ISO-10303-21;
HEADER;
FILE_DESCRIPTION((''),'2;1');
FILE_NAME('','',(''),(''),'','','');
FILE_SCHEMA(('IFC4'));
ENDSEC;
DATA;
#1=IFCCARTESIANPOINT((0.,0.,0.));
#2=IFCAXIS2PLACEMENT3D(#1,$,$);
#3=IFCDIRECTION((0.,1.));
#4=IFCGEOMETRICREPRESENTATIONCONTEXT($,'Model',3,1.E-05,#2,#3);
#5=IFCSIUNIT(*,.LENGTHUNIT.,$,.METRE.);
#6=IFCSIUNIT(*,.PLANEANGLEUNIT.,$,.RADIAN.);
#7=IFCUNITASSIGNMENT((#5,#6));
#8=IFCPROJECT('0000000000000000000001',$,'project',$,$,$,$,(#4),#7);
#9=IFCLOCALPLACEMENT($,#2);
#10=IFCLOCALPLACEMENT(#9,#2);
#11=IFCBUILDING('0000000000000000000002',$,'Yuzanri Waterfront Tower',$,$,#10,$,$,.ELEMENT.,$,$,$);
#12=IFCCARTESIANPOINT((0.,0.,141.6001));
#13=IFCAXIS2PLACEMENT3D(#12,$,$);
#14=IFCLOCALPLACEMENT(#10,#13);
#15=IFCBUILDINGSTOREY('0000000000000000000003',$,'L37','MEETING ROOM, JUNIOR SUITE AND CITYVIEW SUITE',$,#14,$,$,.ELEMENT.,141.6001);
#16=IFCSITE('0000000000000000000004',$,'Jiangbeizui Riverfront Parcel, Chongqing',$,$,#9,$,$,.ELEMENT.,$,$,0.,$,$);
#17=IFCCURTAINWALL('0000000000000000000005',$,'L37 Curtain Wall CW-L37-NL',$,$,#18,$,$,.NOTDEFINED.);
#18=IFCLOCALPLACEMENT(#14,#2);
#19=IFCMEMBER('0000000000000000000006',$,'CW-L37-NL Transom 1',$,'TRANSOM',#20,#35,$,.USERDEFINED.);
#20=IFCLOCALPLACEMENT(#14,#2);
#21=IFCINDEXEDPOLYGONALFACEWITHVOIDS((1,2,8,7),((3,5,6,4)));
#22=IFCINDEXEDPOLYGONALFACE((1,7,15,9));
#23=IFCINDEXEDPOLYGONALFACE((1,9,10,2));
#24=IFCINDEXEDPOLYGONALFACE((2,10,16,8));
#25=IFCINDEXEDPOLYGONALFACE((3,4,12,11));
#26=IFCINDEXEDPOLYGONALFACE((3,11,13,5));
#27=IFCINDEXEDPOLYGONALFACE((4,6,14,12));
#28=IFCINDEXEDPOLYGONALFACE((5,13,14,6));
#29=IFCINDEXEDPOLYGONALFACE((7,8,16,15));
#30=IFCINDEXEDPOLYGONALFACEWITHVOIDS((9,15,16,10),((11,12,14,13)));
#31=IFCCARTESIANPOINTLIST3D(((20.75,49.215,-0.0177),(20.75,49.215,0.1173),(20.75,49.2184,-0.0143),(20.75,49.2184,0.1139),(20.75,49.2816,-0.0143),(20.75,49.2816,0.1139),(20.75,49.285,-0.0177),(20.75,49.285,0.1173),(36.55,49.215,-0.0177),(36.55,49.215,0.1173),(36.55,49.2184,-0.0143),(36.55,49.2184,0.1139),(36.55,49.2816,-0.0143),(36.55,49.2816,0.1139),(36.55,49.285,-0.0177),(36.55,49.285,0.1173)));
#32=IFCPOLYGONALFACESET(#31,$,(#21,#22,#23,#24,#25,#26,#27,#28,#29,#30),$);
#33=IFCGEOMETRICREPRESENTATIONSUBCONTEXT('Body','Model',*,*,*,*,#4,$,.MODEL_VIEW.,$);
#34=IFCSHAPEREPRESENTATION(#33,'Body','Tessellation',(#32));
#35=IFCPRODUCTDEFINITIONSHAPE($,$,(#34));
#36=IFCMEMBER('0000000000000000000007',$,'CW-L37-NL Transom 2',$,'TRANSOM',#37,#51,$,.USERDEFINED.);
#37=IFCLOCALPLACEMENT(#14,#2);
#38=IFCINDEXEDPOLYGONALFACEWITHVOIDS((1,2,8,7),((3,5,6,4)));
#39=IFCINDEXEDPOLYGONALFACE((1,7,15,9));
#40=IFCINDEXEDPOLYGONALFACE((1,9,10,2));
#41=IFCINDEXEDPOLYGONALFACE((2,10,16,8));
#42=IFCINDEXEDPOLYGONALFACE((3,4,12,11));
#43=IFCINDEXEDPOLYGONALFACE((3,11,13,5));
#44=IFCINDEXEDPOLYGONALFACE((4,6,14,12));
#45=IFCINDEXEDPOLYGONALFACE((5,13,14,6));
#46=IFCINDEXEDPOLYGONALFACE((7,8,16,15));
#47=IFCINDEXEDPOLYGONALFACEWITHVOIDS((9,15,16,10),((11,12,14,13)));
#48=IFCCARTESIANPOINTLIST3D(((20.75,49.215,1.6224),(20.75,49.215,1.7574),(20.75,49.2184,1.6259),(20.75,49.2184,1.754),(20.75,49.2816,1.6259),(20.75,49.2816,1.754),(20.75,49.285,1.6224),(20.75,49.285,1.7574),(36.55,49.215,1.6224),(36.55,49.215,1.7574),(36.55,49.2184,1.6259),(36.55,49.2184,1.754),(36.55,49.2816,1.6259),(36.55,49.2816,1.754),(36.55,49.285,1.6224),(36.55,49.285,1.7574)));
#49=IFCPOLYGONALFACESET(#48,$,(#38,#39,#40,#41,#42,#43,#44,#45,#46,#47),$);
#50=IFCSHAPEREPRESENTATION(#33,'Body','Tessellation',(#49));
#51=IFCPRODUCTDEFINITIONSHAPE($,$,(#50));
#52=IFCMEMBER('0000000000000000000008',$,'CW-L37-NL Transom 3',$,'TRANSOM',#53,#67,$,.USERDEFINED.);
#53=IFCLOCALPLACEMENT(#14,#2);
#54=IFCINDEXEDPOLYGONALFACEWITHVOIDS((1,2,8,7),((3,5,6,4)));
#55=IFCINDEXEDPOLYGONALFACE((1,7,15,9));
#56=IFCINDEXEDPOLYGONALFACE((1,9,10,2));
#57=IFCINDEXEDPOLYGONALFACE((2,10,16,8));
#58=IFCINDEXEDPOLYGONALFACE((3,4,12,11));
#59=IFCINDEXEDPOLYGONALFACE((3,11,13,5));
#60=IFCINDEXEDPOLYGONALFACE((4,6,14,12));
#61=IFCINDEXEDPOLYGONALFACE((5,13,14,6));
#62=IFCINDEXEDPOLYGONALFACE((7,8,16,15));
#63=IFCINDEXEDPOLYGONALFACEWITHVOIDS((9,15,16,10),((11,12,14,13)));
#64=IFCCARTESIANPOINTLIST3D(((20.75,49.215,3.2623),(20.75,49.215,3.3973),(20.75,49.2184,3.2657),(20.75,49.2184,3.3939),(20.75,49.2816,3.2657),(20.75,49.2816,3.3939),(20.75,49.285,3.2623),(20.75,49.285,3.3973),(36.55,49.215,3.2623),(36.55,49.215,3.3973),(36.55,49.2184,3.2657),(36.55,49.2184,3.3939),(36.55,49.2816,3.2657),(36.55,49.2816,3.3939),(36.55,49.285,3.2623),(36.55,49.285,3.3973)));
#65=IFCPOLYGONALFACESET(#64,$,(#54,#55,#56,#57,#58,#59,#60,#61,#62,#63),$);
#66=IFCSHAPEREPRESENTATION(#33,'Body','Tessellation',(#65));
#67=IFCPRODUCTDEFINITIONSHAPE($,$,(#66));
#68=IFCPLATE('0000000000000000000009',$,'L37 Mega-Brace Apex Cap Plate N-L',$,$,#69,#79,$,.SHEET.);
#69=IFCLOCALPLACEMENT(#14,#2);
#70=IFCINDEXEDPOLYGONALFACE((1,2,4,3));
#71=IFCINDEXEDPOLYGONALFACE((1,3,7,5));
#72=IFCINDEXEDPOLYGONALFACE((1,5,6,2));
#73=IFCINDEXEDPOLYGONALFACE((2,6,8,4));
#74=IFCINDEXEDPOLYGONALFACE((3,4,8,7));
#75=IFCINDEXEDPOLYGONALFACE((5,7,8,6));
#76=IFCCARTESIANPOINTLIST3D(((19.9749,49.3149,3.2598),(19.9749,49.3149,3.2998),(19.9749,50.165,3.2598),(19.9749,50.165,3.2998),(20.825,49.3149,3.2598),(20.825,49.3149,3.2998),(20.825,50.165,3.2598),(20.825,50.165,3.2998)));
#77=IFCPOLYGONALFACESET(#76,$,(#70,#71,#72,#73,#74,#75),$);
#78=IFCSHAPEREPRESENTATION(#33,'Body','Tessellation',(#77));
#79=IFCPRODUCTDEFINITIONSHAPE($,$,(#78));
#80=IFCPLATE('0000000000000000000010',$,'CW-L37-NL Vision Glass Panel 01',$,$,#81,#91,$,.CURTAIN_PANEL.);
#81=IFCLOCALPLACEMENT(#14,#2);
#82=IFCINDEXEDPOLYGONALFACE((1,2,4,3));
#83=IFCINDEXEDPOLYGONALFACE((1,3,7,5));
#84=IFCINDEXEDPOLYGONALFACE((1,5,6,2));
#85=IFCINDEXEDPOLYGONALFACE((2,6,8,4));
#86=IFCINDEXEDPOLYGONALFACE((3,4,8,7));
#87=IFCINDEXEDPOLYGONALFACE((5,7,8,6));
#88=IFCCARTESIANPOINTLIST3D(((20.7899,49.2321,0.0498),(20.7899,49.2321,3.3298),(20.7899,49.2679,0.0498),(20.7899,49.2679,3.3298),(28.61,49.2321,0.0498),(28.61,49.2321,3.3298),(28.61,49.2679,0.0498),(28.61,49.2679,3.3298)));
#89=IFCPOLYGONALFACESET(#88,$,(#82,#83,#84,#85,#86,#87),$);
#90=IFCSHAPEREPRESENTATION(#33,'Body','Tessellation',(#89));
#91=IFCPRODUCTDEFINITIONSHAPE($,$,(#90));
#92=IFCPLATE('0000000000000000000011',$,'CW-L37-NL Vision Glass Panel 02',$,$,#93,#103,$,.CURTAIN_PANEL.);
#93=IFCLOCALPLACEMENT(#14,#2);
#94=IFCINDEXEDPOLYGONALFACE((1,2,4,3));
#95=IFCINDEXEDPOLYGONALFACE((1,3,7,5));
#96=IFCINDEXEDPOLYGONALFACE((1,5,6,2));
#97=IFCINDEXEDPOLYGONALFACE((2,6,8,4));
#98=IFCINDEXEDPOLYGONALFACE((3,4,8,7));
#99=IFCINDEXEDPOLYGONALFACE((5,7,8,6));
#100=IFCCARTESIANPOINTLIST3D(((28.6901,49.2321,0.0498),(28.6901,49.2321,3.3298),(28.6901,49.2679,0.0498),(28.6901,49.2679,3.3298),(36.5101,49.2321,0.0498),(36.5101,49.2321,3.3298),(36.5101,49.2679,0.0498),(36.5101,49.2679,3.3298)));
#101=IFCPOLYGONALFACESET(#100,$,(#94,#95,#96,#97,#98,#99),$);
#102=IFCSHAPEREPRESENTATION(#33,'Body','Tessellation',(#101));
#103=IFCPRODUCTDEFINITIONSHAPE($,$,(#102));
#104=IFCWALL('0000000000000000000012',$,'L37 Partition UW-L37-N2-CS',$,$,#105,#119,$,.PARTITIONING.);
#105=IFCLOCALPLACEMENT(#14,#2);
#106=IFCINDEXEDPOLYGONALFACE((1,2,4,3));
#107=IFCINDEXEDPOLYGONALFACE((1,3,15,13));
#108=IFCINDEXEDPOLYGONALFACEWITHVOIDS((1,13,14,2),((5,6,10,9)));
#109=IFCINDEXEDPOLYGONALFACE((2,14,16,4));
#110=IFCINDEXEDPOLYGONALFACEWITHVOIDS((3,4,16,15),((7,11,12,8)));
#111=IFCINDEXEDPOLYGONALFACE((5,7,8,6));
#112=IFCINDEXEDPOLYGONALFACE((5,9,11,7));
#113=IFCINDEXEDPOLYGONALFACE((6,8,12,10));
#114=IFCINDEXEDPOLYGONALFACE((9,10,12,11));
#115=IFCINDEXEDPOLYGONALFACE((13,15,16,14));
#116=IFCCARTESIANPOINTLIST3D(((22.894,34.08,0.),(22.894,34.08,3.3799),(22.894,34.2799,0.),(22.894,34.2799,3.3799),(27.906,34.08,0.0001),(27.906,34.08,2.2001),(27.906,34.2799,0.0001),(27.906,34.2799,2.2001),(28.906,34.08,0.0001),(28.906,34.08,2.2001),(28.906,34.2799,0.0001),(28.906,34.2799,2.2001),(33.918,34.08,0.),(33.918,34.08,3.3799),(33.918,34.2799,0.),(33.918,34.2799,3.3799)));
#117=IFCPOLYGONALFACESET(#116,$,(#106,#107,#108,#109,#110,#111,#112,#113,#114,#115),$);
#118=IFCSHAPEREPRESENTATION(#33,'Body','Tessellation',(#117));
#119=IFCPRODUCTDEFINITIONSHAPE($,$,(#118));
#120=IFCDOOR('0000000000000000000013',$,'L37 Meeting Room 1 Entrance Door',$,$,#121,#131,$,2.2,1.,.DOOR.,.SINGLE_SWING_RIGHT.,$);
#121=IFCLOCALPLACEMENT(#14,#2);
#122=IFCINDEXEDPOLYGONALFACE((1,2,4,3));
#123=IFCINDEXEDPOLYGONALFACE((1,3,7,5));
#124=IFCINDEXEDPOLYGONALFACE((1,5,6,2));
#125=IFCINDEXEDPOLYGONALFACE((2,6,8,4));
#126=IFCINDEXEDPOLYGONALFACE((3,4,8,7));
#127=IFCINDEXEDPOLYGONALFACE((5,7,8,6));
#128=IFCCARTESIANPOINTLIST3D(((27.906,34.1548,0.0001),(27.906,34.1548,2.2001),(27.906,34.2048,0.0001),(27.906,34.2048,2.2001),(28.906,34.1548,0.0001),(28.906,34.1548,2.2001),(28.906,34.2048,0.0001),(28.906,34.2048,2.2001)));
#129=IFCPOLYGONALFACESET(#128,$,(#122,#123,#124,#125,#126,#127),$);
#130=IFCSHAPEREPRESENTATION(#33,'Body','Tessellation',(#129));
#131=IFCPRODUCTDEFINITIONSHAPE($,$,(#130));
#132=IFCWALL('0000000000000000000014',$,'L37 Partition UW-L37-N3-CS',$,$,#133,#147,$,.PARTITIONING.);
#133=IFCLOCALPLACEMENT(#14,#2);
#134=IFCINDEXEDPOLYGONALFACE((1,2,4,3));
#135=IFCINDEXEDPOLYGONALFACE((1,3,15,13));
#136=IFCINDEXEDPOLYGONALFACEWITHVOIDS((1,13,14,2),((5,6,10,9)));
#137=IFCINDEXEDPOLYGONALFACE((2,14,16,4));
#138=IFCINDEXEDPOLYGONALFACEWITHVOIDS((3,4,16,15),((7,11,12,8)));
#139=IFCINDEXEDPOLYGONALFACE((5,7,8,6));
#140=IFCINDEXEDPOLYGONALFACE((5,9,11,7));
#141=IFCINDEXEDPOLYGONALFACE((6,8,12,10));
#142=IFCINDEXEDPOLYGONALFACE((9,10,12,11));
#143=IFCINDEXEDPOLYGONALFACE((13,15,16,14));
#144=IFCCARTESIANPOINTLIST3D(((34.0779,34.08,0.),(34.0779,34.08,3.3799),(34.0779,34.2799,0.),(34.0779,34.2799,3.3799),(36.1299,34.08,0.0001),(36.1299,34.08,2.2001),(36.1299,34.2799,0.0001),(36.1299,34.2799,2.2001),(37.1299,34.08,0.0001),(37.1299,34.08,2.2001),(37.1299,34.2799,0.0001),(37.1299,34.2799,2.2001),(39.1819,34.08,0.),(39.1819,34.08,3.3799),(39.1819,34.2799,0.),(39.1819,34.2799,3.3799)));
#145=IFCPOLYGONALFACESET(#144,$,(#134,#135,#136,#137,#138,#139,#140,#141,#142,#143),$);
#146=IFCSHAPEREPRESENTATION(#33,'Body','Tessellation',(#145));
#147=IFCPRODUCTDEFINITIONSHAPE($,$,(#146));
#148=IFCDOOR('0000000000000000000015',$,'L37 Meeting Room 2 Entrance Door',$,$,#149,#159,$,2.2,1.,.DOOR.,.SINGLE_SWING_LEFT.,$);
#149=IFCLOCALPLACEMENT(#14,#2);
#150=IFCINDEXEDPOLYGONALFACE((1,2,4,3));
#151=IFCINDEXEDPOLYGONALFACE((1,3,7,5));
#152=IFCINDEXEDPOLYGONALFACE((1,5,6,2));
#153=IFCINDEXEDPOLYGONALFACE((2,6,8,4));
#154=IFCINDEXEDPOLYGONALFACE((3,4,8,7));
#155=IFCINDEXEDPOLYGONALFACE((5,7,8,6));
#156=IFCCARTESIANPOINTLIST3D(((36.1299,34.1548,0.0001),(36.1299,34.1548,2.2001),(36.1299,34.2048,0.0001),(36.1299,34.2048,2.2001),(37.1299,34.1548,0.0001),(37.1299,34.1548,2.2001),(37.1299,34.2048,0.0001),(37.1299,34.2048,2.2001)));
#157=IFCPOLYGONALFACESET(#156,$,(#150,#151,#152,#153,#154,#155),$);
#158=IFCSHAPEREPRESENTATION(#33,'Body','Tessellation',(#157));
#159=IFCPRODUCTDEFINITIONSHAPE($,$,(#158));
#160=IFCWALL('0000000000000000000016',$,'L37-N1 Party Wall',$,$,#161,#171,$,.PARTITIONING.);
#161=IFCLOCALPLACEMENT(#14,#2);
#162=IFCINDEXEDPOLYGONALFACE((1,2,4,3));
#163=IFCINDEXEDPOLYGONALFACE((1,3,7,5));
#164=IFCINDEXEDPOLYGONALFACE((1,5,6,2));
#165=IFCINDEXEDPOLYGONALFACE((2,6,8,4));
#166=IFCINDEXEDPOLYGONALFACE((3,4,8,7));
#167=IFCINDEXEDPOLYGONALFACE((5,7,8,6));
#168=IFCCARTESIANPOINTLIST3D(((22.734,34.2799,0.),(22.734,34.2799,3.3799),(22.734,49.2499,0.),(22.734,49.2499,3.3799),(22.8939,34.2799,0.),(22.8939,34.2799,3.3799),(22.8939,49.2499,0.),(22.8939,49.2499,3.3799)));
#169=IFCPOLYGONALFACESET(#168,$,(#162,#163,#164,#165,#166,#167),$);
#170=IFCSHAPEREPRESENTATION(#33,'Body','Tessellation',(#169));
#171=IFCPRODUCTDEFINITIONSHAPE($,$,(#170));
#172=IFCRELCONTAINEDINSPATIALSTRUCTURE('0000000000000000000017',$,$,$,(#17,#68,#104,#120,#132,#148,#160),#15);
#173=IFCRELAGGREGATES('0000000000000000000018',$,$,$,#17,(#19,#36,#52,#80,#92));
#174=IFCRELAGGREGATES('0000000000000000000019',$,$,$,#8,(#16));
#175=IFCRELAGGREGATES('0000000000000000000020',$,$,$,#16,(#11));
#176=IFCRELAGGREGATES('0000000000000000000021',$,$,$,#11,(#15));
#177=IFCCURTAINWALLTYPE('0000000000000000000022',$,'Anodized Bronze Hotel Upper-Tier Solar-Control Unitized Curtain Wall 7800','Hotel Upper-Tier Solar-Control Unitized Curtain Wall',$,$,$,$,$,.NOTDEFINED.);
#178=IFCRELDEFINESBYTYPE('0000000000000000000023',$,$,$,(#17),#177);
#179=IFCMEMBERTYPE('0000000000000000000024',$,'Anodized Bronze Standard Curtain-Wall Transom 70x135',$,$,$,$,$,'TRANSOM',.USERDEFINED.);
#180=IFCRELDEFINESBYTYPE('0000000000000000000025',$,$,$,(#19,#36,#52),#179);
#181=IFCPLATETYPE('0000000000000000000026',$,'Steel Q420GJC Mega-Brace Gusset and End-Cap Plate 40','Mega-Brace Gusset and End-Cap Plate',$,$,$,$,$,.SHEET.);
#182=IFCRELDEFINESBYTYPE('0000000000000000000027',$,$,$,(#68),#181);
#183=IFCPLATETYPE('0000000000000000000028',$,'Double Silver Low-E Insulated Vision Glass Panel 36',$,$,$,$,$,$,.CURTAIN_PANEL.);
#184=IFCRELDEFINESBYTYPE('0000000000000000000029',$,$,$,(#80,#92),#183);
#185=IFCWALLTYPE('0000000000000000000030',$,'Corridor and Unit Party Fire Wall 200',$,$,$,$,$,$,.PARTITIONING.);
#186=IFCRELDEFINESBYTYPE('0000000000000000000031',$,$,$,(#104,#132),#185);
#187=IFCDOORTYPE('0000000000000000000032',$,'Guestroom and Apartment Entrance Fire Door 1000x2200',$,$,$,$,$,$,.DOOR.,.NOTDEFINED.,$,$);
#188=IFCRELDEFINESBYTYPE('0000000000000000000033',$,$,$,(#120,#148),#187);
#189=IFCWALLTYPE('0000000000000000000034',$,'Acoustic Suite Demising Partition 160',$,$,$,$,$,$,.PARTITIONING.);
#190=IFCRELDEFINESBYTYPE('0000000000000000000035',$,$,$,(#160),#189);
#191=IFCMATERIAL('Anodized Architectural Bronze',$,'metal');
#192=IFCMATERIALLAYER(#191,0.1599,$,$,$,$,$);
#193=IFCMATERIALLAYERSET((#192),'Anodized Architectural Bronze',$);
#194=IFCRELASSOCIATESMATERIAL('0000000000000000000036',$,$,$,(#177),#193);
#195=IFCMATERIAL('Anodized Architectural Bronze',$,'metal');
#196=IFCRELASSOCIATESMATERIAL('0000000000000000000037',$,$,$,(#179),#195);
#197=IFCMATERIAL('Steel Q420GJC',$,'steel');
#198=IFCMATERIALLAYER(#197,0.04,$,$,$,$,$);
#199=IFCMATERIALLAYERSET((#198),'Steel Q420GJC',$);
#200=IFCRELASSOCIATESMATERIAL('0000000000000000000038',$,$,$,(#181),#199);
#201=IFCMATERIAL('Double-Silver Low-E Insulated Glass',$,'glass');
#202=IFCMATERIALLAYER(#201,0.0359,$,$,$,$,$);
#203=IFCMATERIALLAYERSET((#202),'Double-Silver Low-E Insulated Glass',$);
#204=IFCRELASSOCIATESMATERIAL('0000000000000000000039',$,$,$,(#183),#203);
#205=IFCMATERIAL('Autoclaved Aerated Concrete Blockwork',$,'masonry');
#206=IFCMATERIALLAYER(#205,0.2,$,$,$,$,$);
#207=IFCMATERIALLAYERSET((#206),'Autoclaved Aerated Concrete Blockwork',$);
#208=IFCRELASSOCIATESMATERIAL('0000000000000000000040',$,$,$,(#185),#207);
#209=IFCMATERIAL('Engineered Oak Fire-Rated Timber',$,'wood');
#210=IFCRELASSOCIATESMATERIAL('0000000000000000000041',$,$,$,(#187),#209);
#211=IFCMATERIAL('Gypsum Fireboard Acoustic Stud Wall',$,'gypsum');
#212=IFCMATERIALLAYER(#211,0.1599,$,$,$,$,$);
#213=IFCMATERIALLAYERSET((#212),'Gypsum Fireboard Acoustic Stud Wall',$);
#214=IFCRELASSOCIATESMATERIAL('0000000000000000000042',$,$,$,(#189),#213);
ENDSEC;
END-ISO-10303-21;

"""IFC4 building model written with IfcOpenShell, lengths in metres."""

from ifc_helpers import new_model, si_unit, direction, frame, frame_2d, origin, origin_2d, place, context, subcontext, project, spatial, rectangle, hollow_rectangle, extrude, source, transform, mapped, material, layer, layer_set, material_profile, profile_set, type_object, element, fill, aggregate, save


model = new_model("IFC4")

# Units and contexts
model_context = context("Model", 3, precision=1e-05, world=origin(), true_north=direction((0.0, 1.0)))
body_context = subcontext(model_context, "Body", "Model", "MODEL_VIEW")
ifc_project = project(units=[si_unit("LENGTHUNIT", "METRE"), si_unit("PLANEANGLEUNIT", "RADIAN")], contexts=[model_context])

# Site, building, storey
site_placement = place(None, origin())
site = spatial("IfcSite", under=ifc_project, at=site_placement, Name="Jiangbeizui Riverfront Parcel, Chongqing", CompositionType="ELEMENT", RefElevation=0.0)
building_placement = place(site_placement, origin())
building = spatial("IfcBuilding", under=site, at=building_placement, Name="Yuzanri Waterfront Tower", CompositionType="ELEMENT")
storey_placement = place(building_placement, frame((0.0, 0.0, 141.6001)))
storey = spatial("IfcBuildingStorey", under=building, at=storey_placement, Name="L37", Description="MEETING ROOM, JUNIOR SUITE AND CITYVIEW SUITE", CompositionType="ELEMENT", Elevation=141.6001)

# Curtain wall, members
ifc_material_1 = material(Name="Anodized Architectural Bronze", Category="metal")
ifc_layer_1 = layer(ifc_material_1, 0.1599)
ifc_layer_set_1 = layer_set([ifc_layer_1], Name="Anodized Architectural Bronze")
curtain_wall_type = type_object("IfcCurtainWallType", Name="Anodized Bronze Hotel Upper-Tier Solar-Control Unitized Curtain Wall 7800", Description="Hotel Upper-Tier Solar-Control Unitized Curtain Wall", PredefinedType="NOTDEFINED", material=ifc_layer_set_1)
curtain_wall_placement = place(storey_placement, origin())
curtain_wall = element("IfcCurtainWall", 1, at=curtain_wall_placement, inside=storey, type_object=curtain_wall_type, Name="L37 Curtain Wall CW-L37-NL", PredefinedType="NOTDEFINED")
ifc_material_2 = material(Name="Anodized Architectural Bronze", Category="metal")
ifc_material_profile_1 = material_profile(ifc_material_2, hollow_rectangle(XDim=0.0701, YDim=0.135, WallThickness=0.0034, at=origin_2d()), Name="CWT 70x135")
ifc_profile_set_1 = profile_set([ifc_material_profile_1], Name="Anodized Architectural Bronze")
member_type_1 = type_object("IfcMemberType", Name="Anodized Bronze Standard Curtain-Wall Transom 70x135", ElementType="TRANSOM", PredefinedType="USERDEFINED", material=ifc_profile_set_1)
shared_shape_1 = source(origin(), body_context, "Body", "SweptSolid", [
    extrude(hollow_rectangle(XDim=0.0701, YDim=0.135, WallThickness=0.0034, at=origin_2d()), origin(), (0.0, 0.0, 1.0), 15.8),
])
member_1_placement = place(storey_placement, frame((20.75, 49.25, 0.0498), z_axis=(1.0, 0.0, 0.0), x_axis=(0.0, 1.0, 0.0)))
member_1 = element("IfcMember", 2, at=member_1_placement, type_object=member_type_1, Name="CW-L37-NL Transom 1", ObjectType="TRANSOM", PredefinedType="USERDEFINED", context=body_context, shape_type="MappedRepresentation", body=[
    mapped(shared_shape_1, transform((0.0, 0.0, 0.0), scale=1.0)),
])
member_2_placement = place(storey_placement, frame((20.75, 49.25, 1.6899), z_axis=(1.0, 0.0, 0.0), x_axis=(0.0, 1.0, 0.0)))
member_2 = element("IfcMember", 3, at=member_2_placement, type_object=member_type_1, Name="CW-L37-NL Transom 2", ObjectType="TRANSOM", PredefinedType="USERDEFINED", context=body_context, shape_type="MappedRepresentation", body=[
    mapped(shared_shape_1, transform((0.0, 0.0, 0.0), scale=1.0)),
])
member_3_placement = place(storey_placement, frame((20.75, 49.25, 3.3298), z_axis=(1.0, 0.0, 0.0), x_axis=(0.0, 1.0, 0.0)))
member_3 = element("IfcMember", 4, at=member_3_placement, type_object=member_type_1, Name="CW-L37-NL Transom 3", ObjectType="TRANSOM", PredefinedType="USERDEFINED", context=body_context, shape_type="MappedRepresentation", body=[
    mapped(shared_shape_1, transform((0.0, 0.0, 0.0), scale=1.0)),
])

# Plates
ifc_material_3 = material(Name="Steel Q420GJC", Category="steel")
ifc_layer_2 = layer(ifc_material_3, 0.04)
ifc_layer_set_2 = layer_set([ifc_layer_2], Name="Steel Q420GJC")
plate_type_1 = type_object("IfcPlateType", Name="Steel Q420GJC Mega-Brace Gusset and End-Cap Plate 40", Description="Mega-Brace Gusset and End-Cap Plate", PredefinedType="SHEET", material=ifc_layer_set_2)
shared_shape_2 = source(origin(), body_context, "Body", "SweptSolid", [
    extrude(rectangle(XDim=0.8501, YDim=0.8501, at=origin_2d()), origin(), (0.0, 0.0, 1.0), 0.04),
])
plate_1_placement = place(storey_placement, frame((20.3999, 49.74, 3.2598), z_axis=(0.0, 0.0, 1.0), x_axis=(1.0, 0.0, 0.0)))
element("IfcPlate", 5, at=plate_1_placement, inside=storey, type_object=plate_type_1, Name="L37 Mega-Brace Apex Cap Plate N-L", PredefinedType="SHEET", context=body_context, shape_type="MappedRepresentation", body=[
    mapped(shared_shape_2, transform((0.0, 0.0, 0.0), scale=1.0)),
])
ifc_material_4 = material(Name="Double-Silver Low-E Insulated Glass", Category="glass")
ifc_layer_3 = layer(ifc_material_4, 0.0359)
ifc_layer_set_3 = layer_set([ifc_layer_3], Name="Double-Silver Low-E Insulated Glass")
plate_type_2 = type_object("IfcPlateType", Name="Double Silver Low-E Insulated Vision Glass Panel 36", PredefinedType="CURTAIN_PANEL", material=ifc_layer_set_3)
shared_shape_3 = source(origin(), body_context, "Body", "SweptSolid", [
    extrude(rectangle(XDim=7.8201, YDim=0.0359, at=origin_2d()), origin(), (0.0, 0.0, 1.0), 3.28),
])
plate_2_placement = place(storey_placement, frame((24.7, 49.25, 0.0498), z_axis=(0.0, 0.0, 1.0), x_axis=(1.0, 0.0, 0.0)))
plate_2 = element("IfcPlate", 6, at=plate_2_placement, type_object=plate_type_2, Name="CW-L37-NL Vision Glass Panel 01", PredefinedType="CURTAIN_PANEL", context=body_context, shape_type="MappedRepresentation", body=[
    mapped(shared_shape_3, transform((0.0, 0.0, 0.0), scale=1.0)),
])
plate_3_placement = place(storey_placement, frame((32.6001, 49.25, 0.0498), z_axis=(0.0, 0.0, 1.0), x_axis=(1.0, 0.0, 0.0)))
plate_3 = element("IfcPlate", 7, at=plate_3_placement, type_object=plate_type_2, Name="CW-L37-NL Vision Glass Panel 02", PredefinedType="CURTAIN_PANEL", context=body_context, shape_type="MappedRepresentation", body=[
    mapped(shared_shape_3, transform((0.0, 0.0, 0.0), scale=1.0)),
])
aggregate(curtain_wall, [member_1, member_2, member_3, plate_2, plate_3])

# Walls, openings, doors
ifc_material_5 = material(Name="Autoclaved Aerated Concrete Blockwork", Category="masonry")
ifc_layer_4 = layer(ifc_material_5, 0.2)
ifc_layer_set_4 = layer_set([ifc_layer_4], Name="Autoclaved Aerated Concrete Blockwork")
wall_type_1 = type_object("IfcWallType", Name="Corridor and Unit Party Fire Wall 200", PredefinedType="PARTITIONING", material=ifc_layer_set_4)
wall_1_placement = place(storey_placement, frame((22.894, 34.1799, 0.0), z_axis=(0.0, 0.0, 1.0), x_axis=(1.0, 0.0, 0.0)))
wall_1 = element("IfcWall", 8, at=wall_1_placement, inside=storey, type_object=wall_type_1, Name="L37 Partition UW-L37-N2-CS", PredefinedType="PARTITIONING", context=body_context, shape_type="SweptSolid", body=[
    extrude(rectangle(XDim=11.0239, YDim=0.2, at=frame_2d((5.512, 0.0))), origin(), (0.0, 0.0, 1.0), 3.3799),
])
opening_1_placement = place(wall_1_placement, frame((5.012, 0.0, 0.0)))
opening_1 = element("IfcOpeningElement", 9, at=opening_1_placement, cuts=wall_1, PredefinedType="OPENING", context=body_context, shape_type="SweptSolid", body=[
    extrude(rectangle(XDim=1.0, YDim=2.2, at=frame_2d((0.5, 1.1001))), frame((0.0, 0.1147, 0.0), z_axis=(0.0, -1.0, 0.0), x_axis=(1.0, 0.0, 0.0)), (0.0, 0.0, 1.0), 0.2297),
])
ifc_material_6 = material(Name="Engineered Oak Fire-Rated Timber", Category="wood")
door_type = type_object("IfcDoorType", Name="Guestroom and Apartment Entrance Fire Door 1000x2200", OperationType="NOTDEFINED", PredefinedType="DOOR", material=ifc_material_6)
shared_shape_4 = source(origin(), body_context, "Body", "SweptSolid", [
    extrude(rectangle(XDim=1.0, YDim=2.2, at=frame_2d((0.5, 1.1001))), frame((0.0, 0.0249, 0.0), z_axis=(0.0, -1.0, 0.0), x_axis=(1.0, 0.0, 0.0)), (0.0, 0.0, 1.0), 0.05),
])
door_1_placement = place(opening_1_placement, origin())
door_1 = element("IfcDoor", 10, at=door_1_placement, inside=storey, type_object=door_type, Name="L37 Meeting Room 1 Entrance Door", OperationType="SINGLE_SWING_RIGHT", OverallHeight=2.2, OverallWidth=1.0, PredefinedType="DOOR", context=body_context, shape_type="MappedRepresentation", body=[
    mapped(shared_shape_4, transform((0.0, 0.0, 0.0), scale=1.0)),
])
fill(opening_1, door_1)
wall_2_placement = place(storey_placement, frame((34.0779, 34.1799, 0.0), z_axis=(0.0, 0.0, 1.0), x_axis=(1.0, 0.0, 0.0)))
wall_2 = element("IfcWall", 11, at=wall_2_placement, inside=storey, type_object=wall_type_1, Name="L37 Partition UW-L37-N3-CS", PredefinedType="PARTITIONING", context=body_context, shape_type="SweptSolid", body=[
    extrude(rectangle(XDim=5.104, YDim=0.2, at=frame_2d((2.552, 0.0))), origin(), (0.0, 0.0, 1.0), 3.3799),
])
opening_2_placement = place(wall_2_placement, frame((2.052, 0.0, 0.0)))
opening_2 = element("IfcOpeningElement", 12, at=opening_2_placement, cuts=wall_2, PredefinedType="OPENING", context=body_context, shape_type="SweptSolid", body=[
    extrude(rectangle(XDim=1.0, YDim=2.2, at=frame_2d((0.5, 1.1001))), frame((0.0, 0.1147, 0.0), z_axis=(0.0, -1.0, 0.0), x_axis=(1.0, 0.0, 0.0)), (0.0, 0.0, 1.0), 0.2297),
])
door_2_placement = place(opening_2_placement, origin())
door_2 = element("IfcDoor", 13, at=door_2_placement, inside=storey, type_object=door_type, Name="L37 Meeting Room 2 Entrance Door", OperationType="SINGLE_SWING_LEFT", OverallHeight=2.2, OverallWidth=1.0, PredefinedType="DOOR", context=body_context, shape_type="MappedRepresentation", body=[
    mapped(shared_shape_4, transform((0.0, 0.0, 0.0), scale=1.0)),
])
fill(opening_2, door_2)

# Wall
ifc_material_7 = material(Name="Gypsum Fireboard Acoustic Stud Wall", Category="gypsum")
ifc_layer_5 = layer(ifc_material_7, 0.1599)
ifc_layer_set_5 = layer_set([ifc_layer_5], Name="Gypsum Fireboard Acoustic Stud Wall")
wall_type_2 = type_object("IfcWallType", Name="Acoustic Suite Demising Partition 160", PredefinedType="PARTITIONING", material=ifc_layer_set_5)
shared_shape_5 = source(origin(), body_context, "Body", "SweptSolid", [
    extrude(rectangle(XDim=14.97, YDim=0.1599, at=frame_2d((7.4849, 0.0))), origin(), (0.0, 0.0, 1.0), 3.3799),
])
for number, where, z_axis, x_axis, name in (
    (14, (22.814, 34.28, 0.0), (0.0, 0.0, 1.0), (0.0, 1.0, 0.0), "L37-N1 Party Wall"),
):
    element("IfcWall", number, at=place(storey_placement, frame(where, z_axis=z_axis, x_axis=x_axis)), inside=storey, type_object=wall_type_2, Name=name, PredefinedType="PARTITIONING", context=body_context, shape_type="MappedRepresentation", body=[
        mapped(shared_shape_5, transform((0.0, 0.0, 0.0), scale=1.0)),
    ])

save(model, "model.ifc")
